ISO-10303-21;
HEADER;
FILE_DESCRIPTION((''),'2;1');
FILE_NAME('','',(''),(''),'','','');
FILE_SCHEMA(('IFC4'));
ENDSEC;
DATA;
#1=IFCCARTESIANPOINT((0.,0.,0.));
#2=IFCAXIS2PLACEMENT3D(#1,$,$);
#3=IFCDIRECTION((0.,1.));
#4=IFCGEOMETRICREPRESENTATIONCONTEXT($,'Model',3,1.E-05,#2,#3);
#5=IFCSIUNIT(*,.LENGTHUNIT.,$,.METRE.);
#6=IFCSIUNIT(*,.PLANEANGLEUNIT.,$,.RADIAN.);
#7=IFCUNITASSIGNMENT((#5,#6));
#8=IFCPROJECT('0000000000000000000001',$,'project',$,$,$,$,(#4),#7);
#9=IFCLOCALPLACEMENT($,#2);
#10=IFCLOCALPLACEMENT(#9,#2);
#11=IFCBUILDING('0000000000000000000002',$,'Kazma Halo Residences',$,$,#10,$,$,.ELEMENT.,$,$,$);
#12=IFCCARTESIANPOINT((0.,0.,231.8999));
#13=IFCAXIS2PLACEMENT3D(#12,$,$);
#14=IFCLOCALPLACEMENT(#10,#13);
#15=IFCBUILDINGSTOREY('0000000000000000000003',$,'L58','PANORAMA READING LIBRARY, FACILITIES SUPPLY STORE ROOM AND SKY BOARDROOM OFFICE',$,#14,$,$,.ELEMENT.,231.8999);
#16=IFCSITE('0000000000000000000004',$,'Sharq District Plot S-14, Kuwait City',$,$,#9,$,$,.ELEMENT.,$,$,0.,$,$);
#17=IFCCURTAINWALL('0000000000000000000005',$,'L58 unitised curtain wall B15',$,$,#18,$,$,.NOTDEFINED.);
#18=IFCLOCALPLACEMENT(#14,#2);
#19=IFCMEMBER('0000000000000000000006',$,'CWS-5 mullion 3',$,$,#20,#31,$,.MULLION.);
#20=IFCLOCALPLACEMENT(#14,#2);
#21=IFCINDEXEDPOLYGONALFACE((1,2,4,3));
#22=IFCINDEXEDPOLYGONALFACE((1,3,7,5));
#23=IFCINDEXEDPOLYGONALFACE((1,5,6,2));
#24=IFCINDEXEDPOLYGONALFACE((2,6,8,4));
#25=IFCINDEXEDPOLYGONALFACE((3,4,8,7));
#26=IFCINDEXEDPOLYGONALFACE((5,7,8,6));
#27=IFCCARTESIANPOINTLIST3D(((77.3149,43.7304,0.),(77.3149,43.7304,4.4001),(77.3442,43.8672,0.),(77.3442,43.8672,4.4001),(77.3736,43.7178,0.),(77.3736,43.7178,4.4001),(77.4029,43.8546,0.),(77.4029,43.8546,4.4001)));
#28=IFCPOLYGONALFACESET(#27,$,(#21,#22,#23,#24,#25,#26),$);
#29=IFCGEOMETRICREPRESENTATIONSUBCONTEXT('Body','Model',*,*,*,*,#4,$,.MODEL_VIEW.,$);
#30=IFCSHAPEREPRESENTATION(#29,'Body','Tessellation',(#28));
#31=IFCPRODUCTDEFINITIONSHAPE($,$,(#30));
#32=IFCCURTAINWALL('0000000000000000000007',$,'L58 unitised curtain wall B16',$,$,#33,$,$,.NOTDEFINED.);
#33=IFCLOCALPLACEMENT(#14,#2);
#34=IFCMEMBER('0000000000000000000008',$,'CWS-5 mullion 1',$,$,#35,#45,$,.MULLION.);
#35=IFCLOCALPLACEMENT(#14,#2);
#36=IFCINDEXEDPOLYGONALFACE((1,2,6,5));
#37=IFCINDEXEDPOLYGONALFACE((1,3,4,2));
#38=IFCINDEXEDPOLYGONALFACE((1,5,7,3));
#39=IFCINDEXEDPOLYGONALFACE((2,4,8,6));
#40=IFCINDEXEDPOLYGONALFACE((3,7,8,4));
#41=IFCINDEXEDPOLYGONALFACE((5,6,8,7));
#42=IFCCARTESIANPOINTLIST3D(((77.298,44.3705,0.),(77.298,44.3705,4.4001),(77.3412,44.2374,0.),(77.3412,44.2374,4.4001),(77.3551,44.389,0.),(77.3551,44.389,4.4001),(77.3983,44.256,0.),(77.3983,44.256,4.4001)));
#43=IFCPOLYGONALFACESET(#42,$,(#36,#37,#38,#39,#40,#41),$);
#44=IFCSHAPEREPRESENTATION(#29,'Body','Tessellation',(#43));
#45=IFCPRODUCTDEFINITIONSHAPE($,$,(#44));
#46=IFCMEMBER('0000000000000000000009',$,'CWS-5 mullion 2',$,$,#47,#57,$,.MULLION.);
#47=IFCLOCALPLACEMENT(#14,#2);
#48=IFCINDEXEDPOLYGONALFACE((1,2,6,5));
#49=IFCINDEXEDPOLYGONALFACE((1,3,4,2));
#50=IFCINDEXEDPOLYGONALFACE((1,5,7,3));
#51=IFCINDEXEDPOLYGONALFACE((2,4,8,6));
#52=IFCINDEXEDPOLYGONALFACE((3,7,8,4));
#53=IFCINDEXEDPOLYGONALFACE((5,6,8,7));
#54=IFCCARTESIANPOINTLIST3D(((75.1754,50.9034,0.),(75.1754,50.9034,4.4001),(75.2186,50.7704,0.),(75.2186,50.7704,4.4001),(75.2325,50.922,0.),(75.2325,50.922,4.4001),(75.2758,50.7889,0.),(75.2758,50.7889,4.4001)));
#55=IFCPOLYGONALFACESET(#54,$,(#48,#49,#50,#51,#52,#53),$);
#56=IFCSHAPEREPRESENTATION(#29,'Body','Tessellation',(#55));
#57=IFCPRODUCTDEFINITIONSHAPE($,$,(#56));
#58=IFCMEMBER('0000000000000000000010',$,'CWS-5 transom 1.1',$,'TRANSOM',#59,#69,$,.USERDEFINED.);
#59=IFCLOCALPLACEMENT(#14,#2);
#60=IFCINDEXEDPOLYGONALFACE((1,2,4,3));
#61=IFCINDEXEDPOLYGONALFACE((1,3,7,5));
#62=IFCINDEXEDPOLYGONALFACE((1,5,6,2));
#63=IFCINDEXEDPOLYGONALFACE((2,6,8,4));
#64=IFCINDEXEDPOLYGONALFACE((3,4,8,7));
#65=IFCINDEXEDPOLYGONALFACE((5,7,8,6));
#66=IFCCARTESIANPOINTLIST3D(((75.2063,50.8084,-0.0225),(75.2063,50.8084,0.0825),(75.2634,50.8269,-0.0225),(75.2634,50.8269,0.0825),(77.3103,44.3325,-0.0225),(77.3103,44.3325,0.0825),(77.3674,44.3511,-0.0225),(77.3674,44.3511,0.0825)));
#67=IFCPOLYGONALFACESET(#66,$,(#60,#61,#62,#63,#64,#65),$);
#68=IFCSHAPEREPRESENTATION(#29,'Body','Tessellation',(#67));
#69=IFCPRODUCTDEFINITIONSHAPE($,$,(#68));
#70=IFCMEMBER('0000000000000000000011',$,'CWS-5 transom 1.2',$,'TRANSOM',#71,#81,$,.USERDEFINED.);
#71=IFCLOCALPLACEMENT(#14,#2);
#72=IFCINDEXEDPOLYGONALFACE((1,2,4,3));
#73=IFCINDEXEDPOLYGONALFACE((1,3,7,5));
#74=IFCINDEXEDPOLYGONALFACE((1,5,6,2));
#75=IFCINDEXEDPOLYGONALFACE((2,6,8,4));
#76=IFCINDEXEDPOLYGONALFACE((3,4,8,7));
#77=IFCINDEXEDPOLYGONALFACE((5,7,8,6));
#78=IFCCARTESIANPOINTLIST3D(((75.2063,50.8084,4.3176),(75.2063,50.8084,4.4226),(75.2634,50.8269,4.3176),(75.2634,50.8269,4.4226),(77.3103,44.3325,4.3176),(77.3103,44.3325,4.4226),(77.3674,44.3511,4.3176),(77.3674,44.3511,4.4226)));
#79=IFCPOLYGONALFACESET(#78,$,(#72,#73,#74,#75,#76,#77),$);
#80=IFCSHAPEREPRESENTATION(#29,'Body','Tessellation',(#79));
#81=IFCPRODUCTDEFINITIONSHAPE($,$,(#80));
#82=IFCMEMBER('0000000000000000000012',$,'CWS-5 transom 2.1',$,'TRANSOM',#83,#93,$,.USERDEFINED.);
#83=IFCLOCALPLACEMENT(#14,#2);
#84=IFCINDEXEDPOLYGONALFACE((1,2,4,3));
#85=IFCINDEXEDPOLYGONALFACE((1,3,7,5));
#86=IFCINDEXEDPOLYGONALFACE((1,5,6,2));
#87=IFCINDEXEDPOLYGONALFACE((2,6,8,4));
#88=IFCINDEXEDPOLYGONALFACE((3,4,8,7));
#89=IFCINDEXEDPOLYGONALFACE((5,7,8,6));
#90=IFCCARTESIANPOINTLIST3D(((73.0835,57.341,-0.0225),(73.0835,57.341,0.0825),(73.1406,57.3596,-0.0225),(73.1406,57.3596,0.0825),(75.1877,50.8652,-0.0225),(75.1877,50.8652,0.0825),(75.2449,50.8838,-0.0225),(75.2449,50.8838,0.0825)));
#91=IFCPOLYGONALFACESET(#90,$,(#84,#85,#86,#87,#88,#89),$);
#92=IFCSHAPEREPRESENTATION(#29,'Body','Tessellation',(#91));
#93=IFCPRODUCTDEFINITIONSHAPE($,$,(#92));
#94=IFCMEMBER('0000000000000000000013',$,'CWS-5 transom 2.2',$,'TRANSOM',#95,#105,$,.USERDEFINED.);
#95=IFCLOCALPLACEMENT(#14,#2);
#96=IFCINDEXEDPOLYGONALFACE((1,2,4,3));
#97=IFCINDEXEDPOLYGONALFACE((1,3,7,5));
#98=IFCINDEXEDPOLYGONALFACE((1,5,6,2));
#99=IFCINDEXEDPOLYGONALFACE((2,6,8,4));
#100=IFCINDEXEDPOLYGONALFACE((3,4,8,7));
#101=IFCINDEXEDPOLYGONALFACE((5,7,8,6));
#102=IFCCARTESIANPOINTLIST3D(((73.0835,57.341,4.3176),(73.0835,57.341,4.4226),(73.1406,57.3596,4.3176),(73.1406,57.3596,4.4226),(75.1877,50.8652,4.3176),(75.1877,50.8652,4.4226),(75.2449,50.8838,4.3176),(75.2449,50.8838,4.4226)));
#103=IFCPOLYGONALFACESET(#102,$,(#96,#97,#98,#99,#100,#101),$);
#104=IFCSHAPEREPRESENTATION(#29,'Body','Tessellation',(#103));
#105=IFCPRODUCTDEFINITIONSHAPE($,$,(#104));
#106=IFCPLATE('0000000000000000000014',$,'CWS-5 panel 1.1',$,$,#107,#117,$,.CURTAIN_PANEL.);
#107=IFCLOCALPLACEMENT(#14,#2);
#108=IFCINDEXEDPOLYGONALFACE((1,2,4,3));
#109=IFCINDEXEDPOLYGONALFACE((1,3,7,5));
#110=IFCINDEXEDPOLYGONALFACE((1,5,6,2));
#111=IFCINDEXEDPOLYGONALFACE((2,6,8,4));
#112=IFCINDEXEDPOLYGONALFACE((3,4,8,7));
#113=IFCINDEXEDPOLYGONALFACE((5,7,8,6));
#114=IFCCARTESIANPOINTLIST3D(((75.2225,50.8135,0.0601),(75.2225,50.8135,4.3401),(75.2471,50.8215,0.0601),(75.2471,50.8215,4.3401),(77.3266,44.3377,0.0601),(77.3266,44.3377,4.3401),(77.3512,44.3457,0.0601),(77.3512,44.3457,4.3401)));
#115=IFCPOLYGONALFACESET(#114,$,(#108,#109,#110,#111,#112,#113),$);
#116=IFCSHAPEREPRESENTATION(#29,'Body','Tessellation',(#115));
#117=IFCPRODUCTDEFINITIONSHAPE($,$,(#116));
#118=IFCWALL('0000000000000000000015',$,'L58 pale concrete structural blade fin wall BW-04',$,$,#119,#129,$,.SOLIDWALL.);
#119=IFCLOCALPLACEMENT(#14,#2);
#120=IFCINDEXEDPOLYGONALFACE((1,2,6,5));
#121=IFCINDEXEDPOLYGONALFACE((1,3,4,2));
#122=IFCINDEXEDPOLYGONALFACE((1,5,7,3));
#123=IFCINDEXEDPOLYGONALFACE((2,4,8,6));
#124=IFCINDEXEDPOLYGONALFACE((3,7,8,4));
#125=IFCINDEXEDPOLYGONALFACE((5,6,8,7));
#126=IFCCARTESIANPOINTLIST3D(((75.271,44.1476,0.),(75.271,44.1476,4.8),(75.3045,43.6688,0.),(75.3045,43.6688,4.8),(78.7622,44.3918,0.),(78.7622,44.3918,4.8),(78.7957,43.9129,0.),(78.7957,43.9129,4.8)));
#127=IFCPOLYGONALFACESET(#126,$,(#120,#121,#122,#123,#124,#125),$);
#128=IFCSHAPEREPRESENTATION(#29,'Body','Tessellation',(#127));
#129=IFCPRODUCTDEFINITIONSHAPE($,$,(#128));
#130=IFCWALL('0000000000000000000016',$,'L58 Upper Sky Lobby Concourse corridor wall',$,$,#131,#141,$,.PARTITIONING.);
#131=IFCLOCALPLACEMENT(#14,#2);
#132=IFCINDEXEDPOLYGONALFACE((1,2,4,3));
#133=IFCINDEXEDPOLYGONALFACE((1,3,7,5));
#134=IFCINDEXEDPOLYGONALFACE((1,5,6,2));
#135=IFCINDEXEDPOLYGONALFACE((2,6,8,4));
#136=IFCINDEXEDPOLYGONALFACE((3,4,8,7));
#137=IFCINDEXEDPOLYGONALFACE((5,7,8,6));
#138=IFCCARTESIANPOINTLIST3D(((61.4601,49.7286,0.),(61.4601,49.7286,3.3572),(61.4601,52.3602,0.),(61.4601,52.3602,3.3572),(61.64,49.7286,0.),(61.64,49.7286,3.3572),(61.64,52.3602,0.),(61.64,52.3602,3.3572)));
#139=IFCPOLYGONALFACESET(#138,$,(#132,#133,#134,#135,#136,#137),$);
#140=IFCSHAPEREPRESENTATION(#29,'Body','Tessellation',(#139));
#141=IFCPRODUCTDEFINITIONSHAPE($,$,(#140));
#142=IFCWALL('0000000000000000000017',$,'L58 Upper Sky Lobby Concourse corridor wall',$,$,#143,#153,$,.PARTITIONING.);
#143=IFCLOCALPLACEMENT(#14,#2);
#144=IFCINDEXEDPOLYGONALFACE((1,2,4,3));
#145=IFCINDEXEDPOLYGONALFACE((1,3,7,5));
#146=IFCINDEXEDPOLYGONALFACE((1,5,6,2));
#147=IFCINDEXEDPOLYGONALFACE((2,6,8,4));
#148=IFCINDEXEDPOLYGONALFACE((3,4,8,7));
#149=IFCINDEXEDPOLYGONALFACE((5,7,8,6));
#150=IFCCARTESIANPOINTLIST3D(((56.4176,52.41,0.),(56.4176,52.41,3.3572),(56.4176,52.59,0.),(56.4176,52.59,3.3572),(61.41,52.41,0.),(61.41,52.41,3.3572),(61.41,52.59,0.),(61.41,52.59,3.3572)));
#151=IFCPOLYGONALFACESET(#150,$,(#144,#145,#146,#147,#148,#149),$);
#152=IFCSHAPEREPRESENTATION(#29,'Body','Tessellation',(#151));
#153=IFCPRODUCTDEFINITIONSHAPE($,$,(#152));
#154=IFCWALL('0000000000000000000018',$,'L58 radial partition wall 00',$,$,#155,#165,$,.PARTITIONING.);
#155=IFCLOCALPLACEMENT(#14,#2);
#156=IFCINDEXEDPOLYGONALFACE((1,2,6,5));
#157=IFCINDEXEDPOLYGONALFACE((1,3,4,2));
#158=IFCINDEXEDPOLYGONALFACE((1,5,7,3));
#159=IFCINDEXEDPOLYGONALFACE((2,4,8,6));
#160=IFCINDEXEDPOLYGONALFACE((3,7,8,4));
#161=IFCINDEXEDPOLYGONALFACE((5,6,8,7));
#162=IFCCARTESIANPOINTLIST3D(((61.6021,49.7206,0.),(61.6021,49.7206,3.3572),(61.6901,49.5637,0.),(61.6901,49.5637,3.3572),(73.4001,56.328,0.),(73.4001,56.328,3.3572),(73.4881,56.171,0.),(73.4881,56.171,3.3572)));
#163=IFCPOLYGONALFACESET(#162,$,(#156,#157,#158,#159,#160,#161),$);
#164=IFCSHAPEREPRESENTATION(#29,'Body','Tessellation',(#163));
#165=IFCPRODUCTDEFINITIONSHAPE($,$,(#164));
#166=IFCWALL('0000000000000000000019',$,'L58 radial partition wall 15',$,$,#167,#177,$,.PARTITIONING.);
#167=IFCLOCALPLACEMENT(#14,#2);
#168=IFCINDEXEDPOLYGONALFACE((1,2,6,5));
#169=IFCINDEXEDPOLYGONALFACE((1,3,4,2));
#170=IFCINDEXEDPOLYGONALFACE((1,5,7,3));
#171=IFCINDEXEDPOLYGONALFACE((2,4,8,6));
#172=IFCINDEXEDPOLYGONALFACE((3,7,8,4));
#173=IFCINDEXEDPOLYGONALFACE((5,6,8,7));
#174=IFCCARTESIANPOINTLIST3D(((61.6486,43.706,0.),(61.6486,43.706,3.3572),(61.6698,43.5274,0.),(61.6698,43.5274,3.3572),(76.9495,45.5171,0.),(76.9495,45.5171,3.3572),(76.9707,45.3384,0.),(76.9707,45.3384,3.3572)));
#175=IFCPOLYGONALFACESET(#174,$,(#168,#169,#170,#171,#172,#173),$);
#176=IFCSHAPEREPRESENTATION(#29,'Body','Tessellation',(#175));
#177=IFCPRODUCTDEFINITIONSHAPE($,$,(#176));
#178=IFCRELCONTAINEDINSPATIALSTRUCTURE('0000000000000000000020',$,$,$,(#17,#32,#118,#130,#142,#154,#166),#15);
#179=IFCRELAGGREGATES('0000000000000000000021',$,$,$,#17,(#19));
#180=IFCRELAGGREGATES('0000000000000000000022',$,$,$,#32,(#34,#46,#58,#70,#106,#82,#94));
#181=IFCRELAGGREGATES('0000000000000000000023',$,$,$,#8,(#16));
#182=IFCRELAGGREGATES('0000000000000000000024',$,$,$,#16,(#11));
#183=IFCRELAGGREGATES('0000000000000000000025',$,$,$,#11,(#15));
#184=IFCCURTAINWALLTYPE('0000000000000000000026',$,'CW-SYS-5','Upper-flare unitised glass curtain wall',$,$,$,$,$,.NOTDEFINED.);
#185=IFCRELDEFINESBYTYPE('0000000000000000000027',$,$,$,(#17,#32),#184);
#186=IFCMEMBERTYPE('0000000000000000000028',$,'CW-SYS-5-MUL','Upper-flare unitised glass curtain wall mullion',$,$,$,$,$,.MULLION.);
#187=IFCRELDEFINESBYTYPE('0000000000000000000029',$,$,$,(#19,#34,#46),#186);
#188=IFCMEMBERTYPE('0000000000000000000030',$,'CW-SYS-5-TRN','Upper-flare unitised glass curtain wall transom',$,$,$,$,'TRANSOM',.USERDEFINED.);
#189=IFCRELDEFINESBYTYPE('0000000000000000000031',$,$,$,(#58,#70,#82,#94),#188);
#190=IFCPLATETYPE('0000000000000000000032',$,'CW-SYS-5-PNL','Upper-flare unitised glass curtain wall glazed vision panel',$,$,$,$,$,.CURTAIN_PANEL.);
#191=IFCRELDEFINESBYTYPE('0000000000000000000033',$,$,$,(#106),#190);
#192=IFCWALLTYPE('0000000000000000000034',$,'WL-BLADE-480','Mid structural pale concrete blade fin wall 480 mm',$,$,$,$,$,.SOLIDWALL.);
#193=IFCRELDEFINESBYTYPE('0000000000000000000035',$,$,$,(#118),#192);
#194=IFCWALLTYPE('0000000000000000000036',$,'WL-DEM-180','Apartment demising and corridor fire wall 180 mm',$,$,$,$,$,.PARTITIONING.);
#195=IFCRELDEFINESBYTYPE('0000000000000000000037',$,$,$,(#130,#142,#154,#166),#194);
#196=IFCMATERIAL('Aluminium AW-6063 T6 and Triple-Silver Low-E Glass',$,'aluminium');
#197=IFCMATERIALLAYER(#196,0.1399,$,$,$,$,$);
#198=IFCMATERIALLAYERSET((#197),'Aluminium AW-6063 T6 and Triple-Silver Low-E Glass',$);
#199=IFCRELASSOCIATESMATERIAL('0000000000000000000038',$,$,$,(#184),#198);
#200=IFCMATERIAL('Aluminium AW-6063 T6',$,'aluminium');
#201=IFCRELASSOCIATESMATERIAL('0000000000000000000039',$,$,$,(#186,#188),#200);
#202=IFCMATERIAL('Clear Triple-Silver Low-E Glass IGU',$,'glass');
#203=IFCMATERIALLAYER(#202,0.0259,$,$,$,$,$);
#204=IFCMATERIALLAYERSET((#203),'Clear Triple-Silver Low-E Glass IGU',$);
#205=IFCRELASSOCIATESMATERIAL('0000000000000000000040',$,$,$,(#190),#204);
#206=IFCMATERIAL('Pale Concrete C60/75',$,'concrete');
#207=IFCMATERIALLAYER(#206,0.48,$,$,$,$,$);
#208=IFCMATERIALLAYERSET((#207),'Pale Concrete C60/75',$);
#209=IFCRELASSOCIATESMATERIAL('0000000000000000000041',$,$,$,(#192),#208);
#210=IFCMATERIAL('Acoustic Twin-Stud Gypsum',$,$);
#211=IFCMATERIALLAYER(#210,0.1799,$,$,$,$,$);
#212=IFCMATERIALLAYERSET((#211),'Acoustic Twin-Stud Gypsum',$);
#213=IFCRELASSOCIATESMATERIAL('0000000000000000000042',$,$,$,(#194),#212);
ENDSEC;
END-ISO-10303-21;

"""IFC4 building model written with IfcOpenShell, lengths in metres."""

from ifc_helpers import new_model, si_unit, direction, frame, frame_2d, origin, origin_2d, place, context, subcontext, project, spatial, rectangle, extrude, material, layer, layer_set, material_profile, profile_set, type_object, element, aggregate, save


model = new_model("IFC4")

# Units and contexts
model_context = context("Model", 3, precision=1e-05, world=origin(), true_north=direction((0.0, 1.0)))
body_context = subcontext(model_context, "Body", "Model", "MODEL_VIEW")
ifc_project = project(units=[si_unit("LENGTHUNIT", "METRE"), si_unit("PLANEANGLEUNIT", "RADIAN")], contexts=[model_context])

# Site, building, storey
site_placement = place(None, origin())
site = spatial("IfcSite", under=ifc_project, at=site_placement, Name="Sharq District Plot S-14, Kuwait City", CompositionType="ELEMENT", RefElevation=0.0)
building_placement = place(site_placement, origin())
building = spatial("IfcBuilding", under=site, at=building_placement, Name="Kazma Halo Residences", CompositionType="ELEMENT")
storey_placement = place(building_placement, frame((0.0, 0.0, 231.8999)))
storey = spatial("IfcBuildingStorey", under=building, at=storey_placement, Name="L58", Description="PANORAMA READING LIBRARY, FACILITIES SUPPLY STORE ROOM AND SKY BOARDROOM OFFICE", CompositionType="ELEMENT", Elevation=231.8999)

# Curtain wall, member
ifc_material_1 = material(Name="Aluminium AW-6063 T6 and Triple-Silver Low-E Glass", Category="aluminium")
ifc_layer_1 = layer(ifc_material_1, 0.1399)
ifc_layer_set_1 = layer_set([ifc_layer_1], Name="Aluminium AW-6063 T6 and Triple-Silver Low-E Glass")
curtain_wall_type = type_object("IfcCurtainWallType", Name="CW-SYS-5", Description="Upper-flare unitised glass curtain wall", PredefinedType="NOTDEFINED", material=ifc_layer_set_1)
curtain_wall_1_placement = place(storey_placement, origin())
curtain_wall_1 = element("IfcCurtainWall", 1, at=curtain_wall_1_placement, inside=storey, type_object=curtain_wall_type, Name="L58 unitised curtain wall B15", PredefinedType="NOTDEFINED")
ifc_material_2 = material(Name="Aluminium AW-6063 T6", Category="aluminium")
ifc_material_profile_1 = material_profile(ifc_material_2, rectangle(XDim=0.0601, YDim=0.1399, at=origin_2d()), Name="CWM-60x140")
ifc_profile_set_1 = profile_set([ifc_material_profile_1], Name="Aluminium AW-6063 T6")
member_type_1 = type_object("IfcMemberType", Name="CW-SYS-5-MUL", Description="Upper-flare unitised glass curtain wall mullion", PredefinedType="MULLION", material=ifc_profile_set_1)
member_1_placement = place(storey_placement, frame((77.3589, 43.7925, 0.0), z_axis=(0.0, 0.0, 1.0), x_axis=(-0.977773, 0.209668, 0.0)))
member_1 = element("IfcMember", 2, at=member_1_placement, type_object=member_type_1, Name="CWS-5 mullion 3", PredefinedType="MULLION", context=body_context, shape_type="SweptSolid", body=[
    extrude(rectangle(XDim=0.0601, YDim=0.1399, at=origin_2d()), origin(), (0.0, 0.0, 1.0), 4.4001),
])
aggregate(curtain_wall_1, [member_1])

# Curtain wall, members, plate
curtain_wall_2_placement = place(storey_placement, origin())
curtain_wall_2 = element("IfcCurtainWall", 3, at=curtain_wall_2_placement, inside=storey, type_object=curtain_wall_type, Name="L58 unitised curtain wall B16", PredefinedType="NOTDEFINED")
member_2_placement = place(storey_placement, frame((77.3481, 44.3132, 0.0), z_axis=(0.0, 0.0, 1.0), x_axis=(-0.951056, -0.30902, 0.0)))
member_2 = element("IfcMember", 4, at=member_2_placement, type_object=member_type_1, Name="CWS-5 mullion 1", PredefinedType="MULLION", context=body_context, shape_type="SweptSolid", body=[
    extrude(rectangle(XDim=0.0601, YDim=0.1399, at=origin_2d()), origin(), (0.0, 0.0, 1.0), 4.4001),
])
member_3_placement = place(storey_placement, frame((75.2256, 50.8462, 0.0), z_axis=(0.0, 0.0, 1.0), x_axis=(-0.951056, -0.30902, 0.0)))
member_3 = element("IfcMember", 5, at=member_3_placement, type_object=member_type_1, Name="CWS-5 mullion 2", PredefinedType="MULLION", context=body_context, shape_type="SweptSolid", body=[
    extrude(rectangle(XDim=0.0601, YDim=0.1399, at=origin_2d()), origin(), (0.0, 0.0, 1.0), 4.4001),
])
ifc_material_profile_2 = material_profile(ifc_material_2, rectangle(XDim=0.0601, YDim=0.105, at=origin_2d()), Name="CWT-60x105")
ifc_profile_set_2 = profile_set([ifc_material_profile_2], Name="Aluminium AW-6063 T6")
member_type_2 = type_object("IfcMemberType", Name="CW-SYS-5-TRN", Description="Upper-flare unitised glass curtain wall transom", ElementType="TRANSOM", PredefinedType="USERDEFINED", material=ifc_profile_set_2)
member_4_placement = place(storey_placement, frame((77.3389, 44.3418, 0.03), z_axis=(-0.309001, 0.951062, 0.0), x_axis=(-0.951062, -0.309001, 0.0)))
member_4 = element("IfcMember", 6, at=member_4_placement, type_object=member_type_2, Name="CWS-5 transom 1.1", ObjectType="TRANSOM", PredefinedType="USERDEFINED", context=body_context, shape_type="SweptSolid", body=[
    extrude(rectangle(XDim=0.0601, YDim=0.105, at=origin_2d()), origin(), (0.0, 0.0, 1.0), 6.8091),
])
member_5_placement = place(storey_placement, frame((77.3389, 44.3418, 4.3701), z_axis=(-0.309001, 0.951062, 0.0), x_axis=(-0.951062, -0.309001, 0.0)))
member_5 = element("IfcMember", 7, at=member_5_placement, type_object=member_type_2, Name="CWS-5 transom 1.2", ObjectType="TRANSOM", PredefinedType="USERDEFINED", context=body_context, shape_type="SweptSolid", body=[
    extrude(rectangle(XDim=0.0601, YDim=0.105, at=origin_2d()), origin(), (0.0, 0.0, 1.0), 6.8091),
])
member_6_placement = place(storey_placement, frame((75.2163, 50.8745, 0.03), z_axis=(-0.309033, 0.951051, 0.0), x_axis=(-0.951051, -0.309033, 0.0)))
member_6 = element("IfcMember", 8, at=member_6_placement, type_object=member_type_2, Name="CWS-5 transom 2.1", ObjectType="TRANSOM", PredefinedType="USERDEFINED", context=body_context, shape_type="SweptSolid", body=[
    extrude(rectangle(XDim=0.0601, YDim=0.105, at=origin_2d()), origin(), (0.0, 0.0, 1.0), 6.8091),
])
member_7_placement = place(storey_placement, frame((75.2163, 50.8745, 4.3701), z_axis=(-0.309033, 0.951051, 0.0), x_axis=(-0.951051, -0.309033, 0.0)))
member_7 = element("IfcMember", 9, at=member_7_placement, type_object=member_type_2, Name="CWS-5 transom 2.2", ObjectType="TRANSOM", PredefinedType="USERDEFINED", context=body_context, shape_type="SweptSolid", body=[
    extrude(rectangle(XDim=0.0601, YDim=0.105, at=origin_2d()), origin(), (0.0, 0.0, 1.0), 6.8091),
])
ifc_material_3 = material(Name="Clear Triple-Silver Low-E Glass IGU", Category="glass")
ifc_layer_2 = layer(ifc_material_3, 0.0259)
ifc_layer_set_2 = layer_set([ifc_layer_2], Name="Clear Triple-Silver Low-E Glass IGU")
plate_type = type_object("IfcPlateType", Name="CW-SYS-5-PNL", Description="Upper-flare unitised glass curtain wall glazed vision panel", PredefinedType="CURTAIN_PANEL", material=ifc_layer_set_2)
plate_placement = place(storey_placement, frame((76.2869, 47.5796, 0.0601), z_axis=(0.0, 0.0, 1.0), x_axis=(-0.30902, 0.951056, 0.0)))
plate = element("IfcPlate", 10, at=plate_placement, type_object=plate_type, Name="CWS-5 panel 1.1", PredefinedType="CURTAIN_PANEL", context=body_context, shape_type="SweptSolid", body=[
    extrude(rectangle(XDim=6.8091, YDim=0.0259, at=origin_2d()), origin(), (0.0, 0.0, 1.0), 4.28),
])
aggregate(curtain_wall_2, [member_2, member_3, member_4, member_5, plate, member_6, member_7])

# Walls
ifc_material_4 = material(Name="Pale Concrete C60/75", Category="concrete")
ifc_layer_3 = layer(ifc_material_4, 0.48)
ifc_layer_set_3 = layer_set([ifc_layer_3], Name="Pale Concrete C60/75")
wall_type_1 = type_object("IfcWallType", Name="WL-BLADE-480", Description="Mid structural pale concrete blade fin wall 480 mm", PredefinedType="SOLIDWALL", material=ifc_layer_set_3)
wall_1_placement = place(storey_placement, frame((75.2876, 43.9082, 0.0), z_axis=(0.0, 0.0, 1.0), x_axis=(0.997564, 0.06976, 0.0)))
element("IfcWall", 11, at=wall_1_placement, inside=storey, type_object=wall_type_1, Name="L58 pale concrete structural blade fin wall BW-04", PredefinedType="SOLIDWALL", context=body_context, shape_type="SweptSolid", body=[
    extrude(rectangle(XDim=3.4998, YDim=0.48, at=frame_2d((1.75, 0.0))), origin(), (0.0, 0.0, 1.0), 4.8),
])
ifc_material_5 = material(Name="Acoustic Twin-Stud Gypsum")
ifc_layer_4 = layer(ifc_material_5, 0.1799)
ifc_layer_set_4 = layer_set([ifc_layer_4], Name="Acoustic Twin-Stud Gypsum")
wall_type_2 = type_object("IfcWallType", Name="WL-DEM-180", Description="Apartment demising and corridor fire wall 180 mm", PredefinedType="PARTITIONING", material=ifc_layer_set_4)
wall_2_placement = place(storey_placement, frame((61.55, 49.7285, 0.0), z_axis=(0.0, 0.0, 1.0), x_axis=(0.0, 1.0, 0.0)))
element("IfcWall", 12, at=wall_2_placement, inside=storey, type_object=wall_type_2, Name="L58 Upper Sky Lobby Concourse corridor wall", PredefinedType="PARTITIONING", context=body_context, shape_type="SweptSolid", body=[
    extrude(rectangle(XDim=2.6316, YDim=0.1799, at=frame_2d((1.3159, 0.0))), origin(), (0.0, 0.0, 1.0), 3.3572),
])
wall_3_placement = place(storey_placement, frame((61.4099, 52.5, 0.0), z_axis=(0.0, 0.0, 1.0), x_axis=(-1.0, 0.0, 0.0)))
element("IfcWall", 13, at=wall_3_placement, inside=storey, type_object=wall_type_2, Name="L58 Upper Sky Lobby Concourse corridor wall", PredefinedType="PARTITIONING", context=body_context, shape_type="SweptSolid", body=[
    extrude(rectangle(XDim=4.9924, YDim=0.1799, at=frame_2d((2.4961, 0.0))), origin(), (0.0, 0.0, 1.0), 3.3572),
])
wall_4_placement = place(storey_placement, frame((61.646, 49.6421, 0.0), z_axis=(0.0, 0.0, 1.0), x_axis=(0.872491, 0.488631, 0.0)))
element("IfcWall", 14, at=wall_4_placement, inside=storey, type_object=wall_type_2, Name="L58 radial partition wall 00", PredefinedType="PARTITIONING", context=body_context, shape_type="SweptSolid", body=[
    extrude(rectangle(XDim=13.5222, YDim=0.1799, at=frame_2d((6.7612, 0.0))), origin(), (0.0, 0.0, 1.0), 3.3572),
])
wall_5_placement = place(storey_placement, frame((61.6592, 43.6167, 0.0), z_axis=(0.0, 0.0, 1.0), x_axis=(0.993068, 0.11754, 0.0)))
element("IfcWall", 15, at=wall_5_placement, inside=storey, type_object=wall_type_2, Name="L58 radial partition wall 15", PredefinedType="PARTITIONING", context=body_context, shape_type="SweptSolid", body=[
    extrude(rectangle(XDim=15.4077, YDim=0.1799, at=frame_2d((7.7039, 0.0))), origin(), (0.0, 0.0, 1.0), 3.3572),
])

save(model, "model.ifc")
